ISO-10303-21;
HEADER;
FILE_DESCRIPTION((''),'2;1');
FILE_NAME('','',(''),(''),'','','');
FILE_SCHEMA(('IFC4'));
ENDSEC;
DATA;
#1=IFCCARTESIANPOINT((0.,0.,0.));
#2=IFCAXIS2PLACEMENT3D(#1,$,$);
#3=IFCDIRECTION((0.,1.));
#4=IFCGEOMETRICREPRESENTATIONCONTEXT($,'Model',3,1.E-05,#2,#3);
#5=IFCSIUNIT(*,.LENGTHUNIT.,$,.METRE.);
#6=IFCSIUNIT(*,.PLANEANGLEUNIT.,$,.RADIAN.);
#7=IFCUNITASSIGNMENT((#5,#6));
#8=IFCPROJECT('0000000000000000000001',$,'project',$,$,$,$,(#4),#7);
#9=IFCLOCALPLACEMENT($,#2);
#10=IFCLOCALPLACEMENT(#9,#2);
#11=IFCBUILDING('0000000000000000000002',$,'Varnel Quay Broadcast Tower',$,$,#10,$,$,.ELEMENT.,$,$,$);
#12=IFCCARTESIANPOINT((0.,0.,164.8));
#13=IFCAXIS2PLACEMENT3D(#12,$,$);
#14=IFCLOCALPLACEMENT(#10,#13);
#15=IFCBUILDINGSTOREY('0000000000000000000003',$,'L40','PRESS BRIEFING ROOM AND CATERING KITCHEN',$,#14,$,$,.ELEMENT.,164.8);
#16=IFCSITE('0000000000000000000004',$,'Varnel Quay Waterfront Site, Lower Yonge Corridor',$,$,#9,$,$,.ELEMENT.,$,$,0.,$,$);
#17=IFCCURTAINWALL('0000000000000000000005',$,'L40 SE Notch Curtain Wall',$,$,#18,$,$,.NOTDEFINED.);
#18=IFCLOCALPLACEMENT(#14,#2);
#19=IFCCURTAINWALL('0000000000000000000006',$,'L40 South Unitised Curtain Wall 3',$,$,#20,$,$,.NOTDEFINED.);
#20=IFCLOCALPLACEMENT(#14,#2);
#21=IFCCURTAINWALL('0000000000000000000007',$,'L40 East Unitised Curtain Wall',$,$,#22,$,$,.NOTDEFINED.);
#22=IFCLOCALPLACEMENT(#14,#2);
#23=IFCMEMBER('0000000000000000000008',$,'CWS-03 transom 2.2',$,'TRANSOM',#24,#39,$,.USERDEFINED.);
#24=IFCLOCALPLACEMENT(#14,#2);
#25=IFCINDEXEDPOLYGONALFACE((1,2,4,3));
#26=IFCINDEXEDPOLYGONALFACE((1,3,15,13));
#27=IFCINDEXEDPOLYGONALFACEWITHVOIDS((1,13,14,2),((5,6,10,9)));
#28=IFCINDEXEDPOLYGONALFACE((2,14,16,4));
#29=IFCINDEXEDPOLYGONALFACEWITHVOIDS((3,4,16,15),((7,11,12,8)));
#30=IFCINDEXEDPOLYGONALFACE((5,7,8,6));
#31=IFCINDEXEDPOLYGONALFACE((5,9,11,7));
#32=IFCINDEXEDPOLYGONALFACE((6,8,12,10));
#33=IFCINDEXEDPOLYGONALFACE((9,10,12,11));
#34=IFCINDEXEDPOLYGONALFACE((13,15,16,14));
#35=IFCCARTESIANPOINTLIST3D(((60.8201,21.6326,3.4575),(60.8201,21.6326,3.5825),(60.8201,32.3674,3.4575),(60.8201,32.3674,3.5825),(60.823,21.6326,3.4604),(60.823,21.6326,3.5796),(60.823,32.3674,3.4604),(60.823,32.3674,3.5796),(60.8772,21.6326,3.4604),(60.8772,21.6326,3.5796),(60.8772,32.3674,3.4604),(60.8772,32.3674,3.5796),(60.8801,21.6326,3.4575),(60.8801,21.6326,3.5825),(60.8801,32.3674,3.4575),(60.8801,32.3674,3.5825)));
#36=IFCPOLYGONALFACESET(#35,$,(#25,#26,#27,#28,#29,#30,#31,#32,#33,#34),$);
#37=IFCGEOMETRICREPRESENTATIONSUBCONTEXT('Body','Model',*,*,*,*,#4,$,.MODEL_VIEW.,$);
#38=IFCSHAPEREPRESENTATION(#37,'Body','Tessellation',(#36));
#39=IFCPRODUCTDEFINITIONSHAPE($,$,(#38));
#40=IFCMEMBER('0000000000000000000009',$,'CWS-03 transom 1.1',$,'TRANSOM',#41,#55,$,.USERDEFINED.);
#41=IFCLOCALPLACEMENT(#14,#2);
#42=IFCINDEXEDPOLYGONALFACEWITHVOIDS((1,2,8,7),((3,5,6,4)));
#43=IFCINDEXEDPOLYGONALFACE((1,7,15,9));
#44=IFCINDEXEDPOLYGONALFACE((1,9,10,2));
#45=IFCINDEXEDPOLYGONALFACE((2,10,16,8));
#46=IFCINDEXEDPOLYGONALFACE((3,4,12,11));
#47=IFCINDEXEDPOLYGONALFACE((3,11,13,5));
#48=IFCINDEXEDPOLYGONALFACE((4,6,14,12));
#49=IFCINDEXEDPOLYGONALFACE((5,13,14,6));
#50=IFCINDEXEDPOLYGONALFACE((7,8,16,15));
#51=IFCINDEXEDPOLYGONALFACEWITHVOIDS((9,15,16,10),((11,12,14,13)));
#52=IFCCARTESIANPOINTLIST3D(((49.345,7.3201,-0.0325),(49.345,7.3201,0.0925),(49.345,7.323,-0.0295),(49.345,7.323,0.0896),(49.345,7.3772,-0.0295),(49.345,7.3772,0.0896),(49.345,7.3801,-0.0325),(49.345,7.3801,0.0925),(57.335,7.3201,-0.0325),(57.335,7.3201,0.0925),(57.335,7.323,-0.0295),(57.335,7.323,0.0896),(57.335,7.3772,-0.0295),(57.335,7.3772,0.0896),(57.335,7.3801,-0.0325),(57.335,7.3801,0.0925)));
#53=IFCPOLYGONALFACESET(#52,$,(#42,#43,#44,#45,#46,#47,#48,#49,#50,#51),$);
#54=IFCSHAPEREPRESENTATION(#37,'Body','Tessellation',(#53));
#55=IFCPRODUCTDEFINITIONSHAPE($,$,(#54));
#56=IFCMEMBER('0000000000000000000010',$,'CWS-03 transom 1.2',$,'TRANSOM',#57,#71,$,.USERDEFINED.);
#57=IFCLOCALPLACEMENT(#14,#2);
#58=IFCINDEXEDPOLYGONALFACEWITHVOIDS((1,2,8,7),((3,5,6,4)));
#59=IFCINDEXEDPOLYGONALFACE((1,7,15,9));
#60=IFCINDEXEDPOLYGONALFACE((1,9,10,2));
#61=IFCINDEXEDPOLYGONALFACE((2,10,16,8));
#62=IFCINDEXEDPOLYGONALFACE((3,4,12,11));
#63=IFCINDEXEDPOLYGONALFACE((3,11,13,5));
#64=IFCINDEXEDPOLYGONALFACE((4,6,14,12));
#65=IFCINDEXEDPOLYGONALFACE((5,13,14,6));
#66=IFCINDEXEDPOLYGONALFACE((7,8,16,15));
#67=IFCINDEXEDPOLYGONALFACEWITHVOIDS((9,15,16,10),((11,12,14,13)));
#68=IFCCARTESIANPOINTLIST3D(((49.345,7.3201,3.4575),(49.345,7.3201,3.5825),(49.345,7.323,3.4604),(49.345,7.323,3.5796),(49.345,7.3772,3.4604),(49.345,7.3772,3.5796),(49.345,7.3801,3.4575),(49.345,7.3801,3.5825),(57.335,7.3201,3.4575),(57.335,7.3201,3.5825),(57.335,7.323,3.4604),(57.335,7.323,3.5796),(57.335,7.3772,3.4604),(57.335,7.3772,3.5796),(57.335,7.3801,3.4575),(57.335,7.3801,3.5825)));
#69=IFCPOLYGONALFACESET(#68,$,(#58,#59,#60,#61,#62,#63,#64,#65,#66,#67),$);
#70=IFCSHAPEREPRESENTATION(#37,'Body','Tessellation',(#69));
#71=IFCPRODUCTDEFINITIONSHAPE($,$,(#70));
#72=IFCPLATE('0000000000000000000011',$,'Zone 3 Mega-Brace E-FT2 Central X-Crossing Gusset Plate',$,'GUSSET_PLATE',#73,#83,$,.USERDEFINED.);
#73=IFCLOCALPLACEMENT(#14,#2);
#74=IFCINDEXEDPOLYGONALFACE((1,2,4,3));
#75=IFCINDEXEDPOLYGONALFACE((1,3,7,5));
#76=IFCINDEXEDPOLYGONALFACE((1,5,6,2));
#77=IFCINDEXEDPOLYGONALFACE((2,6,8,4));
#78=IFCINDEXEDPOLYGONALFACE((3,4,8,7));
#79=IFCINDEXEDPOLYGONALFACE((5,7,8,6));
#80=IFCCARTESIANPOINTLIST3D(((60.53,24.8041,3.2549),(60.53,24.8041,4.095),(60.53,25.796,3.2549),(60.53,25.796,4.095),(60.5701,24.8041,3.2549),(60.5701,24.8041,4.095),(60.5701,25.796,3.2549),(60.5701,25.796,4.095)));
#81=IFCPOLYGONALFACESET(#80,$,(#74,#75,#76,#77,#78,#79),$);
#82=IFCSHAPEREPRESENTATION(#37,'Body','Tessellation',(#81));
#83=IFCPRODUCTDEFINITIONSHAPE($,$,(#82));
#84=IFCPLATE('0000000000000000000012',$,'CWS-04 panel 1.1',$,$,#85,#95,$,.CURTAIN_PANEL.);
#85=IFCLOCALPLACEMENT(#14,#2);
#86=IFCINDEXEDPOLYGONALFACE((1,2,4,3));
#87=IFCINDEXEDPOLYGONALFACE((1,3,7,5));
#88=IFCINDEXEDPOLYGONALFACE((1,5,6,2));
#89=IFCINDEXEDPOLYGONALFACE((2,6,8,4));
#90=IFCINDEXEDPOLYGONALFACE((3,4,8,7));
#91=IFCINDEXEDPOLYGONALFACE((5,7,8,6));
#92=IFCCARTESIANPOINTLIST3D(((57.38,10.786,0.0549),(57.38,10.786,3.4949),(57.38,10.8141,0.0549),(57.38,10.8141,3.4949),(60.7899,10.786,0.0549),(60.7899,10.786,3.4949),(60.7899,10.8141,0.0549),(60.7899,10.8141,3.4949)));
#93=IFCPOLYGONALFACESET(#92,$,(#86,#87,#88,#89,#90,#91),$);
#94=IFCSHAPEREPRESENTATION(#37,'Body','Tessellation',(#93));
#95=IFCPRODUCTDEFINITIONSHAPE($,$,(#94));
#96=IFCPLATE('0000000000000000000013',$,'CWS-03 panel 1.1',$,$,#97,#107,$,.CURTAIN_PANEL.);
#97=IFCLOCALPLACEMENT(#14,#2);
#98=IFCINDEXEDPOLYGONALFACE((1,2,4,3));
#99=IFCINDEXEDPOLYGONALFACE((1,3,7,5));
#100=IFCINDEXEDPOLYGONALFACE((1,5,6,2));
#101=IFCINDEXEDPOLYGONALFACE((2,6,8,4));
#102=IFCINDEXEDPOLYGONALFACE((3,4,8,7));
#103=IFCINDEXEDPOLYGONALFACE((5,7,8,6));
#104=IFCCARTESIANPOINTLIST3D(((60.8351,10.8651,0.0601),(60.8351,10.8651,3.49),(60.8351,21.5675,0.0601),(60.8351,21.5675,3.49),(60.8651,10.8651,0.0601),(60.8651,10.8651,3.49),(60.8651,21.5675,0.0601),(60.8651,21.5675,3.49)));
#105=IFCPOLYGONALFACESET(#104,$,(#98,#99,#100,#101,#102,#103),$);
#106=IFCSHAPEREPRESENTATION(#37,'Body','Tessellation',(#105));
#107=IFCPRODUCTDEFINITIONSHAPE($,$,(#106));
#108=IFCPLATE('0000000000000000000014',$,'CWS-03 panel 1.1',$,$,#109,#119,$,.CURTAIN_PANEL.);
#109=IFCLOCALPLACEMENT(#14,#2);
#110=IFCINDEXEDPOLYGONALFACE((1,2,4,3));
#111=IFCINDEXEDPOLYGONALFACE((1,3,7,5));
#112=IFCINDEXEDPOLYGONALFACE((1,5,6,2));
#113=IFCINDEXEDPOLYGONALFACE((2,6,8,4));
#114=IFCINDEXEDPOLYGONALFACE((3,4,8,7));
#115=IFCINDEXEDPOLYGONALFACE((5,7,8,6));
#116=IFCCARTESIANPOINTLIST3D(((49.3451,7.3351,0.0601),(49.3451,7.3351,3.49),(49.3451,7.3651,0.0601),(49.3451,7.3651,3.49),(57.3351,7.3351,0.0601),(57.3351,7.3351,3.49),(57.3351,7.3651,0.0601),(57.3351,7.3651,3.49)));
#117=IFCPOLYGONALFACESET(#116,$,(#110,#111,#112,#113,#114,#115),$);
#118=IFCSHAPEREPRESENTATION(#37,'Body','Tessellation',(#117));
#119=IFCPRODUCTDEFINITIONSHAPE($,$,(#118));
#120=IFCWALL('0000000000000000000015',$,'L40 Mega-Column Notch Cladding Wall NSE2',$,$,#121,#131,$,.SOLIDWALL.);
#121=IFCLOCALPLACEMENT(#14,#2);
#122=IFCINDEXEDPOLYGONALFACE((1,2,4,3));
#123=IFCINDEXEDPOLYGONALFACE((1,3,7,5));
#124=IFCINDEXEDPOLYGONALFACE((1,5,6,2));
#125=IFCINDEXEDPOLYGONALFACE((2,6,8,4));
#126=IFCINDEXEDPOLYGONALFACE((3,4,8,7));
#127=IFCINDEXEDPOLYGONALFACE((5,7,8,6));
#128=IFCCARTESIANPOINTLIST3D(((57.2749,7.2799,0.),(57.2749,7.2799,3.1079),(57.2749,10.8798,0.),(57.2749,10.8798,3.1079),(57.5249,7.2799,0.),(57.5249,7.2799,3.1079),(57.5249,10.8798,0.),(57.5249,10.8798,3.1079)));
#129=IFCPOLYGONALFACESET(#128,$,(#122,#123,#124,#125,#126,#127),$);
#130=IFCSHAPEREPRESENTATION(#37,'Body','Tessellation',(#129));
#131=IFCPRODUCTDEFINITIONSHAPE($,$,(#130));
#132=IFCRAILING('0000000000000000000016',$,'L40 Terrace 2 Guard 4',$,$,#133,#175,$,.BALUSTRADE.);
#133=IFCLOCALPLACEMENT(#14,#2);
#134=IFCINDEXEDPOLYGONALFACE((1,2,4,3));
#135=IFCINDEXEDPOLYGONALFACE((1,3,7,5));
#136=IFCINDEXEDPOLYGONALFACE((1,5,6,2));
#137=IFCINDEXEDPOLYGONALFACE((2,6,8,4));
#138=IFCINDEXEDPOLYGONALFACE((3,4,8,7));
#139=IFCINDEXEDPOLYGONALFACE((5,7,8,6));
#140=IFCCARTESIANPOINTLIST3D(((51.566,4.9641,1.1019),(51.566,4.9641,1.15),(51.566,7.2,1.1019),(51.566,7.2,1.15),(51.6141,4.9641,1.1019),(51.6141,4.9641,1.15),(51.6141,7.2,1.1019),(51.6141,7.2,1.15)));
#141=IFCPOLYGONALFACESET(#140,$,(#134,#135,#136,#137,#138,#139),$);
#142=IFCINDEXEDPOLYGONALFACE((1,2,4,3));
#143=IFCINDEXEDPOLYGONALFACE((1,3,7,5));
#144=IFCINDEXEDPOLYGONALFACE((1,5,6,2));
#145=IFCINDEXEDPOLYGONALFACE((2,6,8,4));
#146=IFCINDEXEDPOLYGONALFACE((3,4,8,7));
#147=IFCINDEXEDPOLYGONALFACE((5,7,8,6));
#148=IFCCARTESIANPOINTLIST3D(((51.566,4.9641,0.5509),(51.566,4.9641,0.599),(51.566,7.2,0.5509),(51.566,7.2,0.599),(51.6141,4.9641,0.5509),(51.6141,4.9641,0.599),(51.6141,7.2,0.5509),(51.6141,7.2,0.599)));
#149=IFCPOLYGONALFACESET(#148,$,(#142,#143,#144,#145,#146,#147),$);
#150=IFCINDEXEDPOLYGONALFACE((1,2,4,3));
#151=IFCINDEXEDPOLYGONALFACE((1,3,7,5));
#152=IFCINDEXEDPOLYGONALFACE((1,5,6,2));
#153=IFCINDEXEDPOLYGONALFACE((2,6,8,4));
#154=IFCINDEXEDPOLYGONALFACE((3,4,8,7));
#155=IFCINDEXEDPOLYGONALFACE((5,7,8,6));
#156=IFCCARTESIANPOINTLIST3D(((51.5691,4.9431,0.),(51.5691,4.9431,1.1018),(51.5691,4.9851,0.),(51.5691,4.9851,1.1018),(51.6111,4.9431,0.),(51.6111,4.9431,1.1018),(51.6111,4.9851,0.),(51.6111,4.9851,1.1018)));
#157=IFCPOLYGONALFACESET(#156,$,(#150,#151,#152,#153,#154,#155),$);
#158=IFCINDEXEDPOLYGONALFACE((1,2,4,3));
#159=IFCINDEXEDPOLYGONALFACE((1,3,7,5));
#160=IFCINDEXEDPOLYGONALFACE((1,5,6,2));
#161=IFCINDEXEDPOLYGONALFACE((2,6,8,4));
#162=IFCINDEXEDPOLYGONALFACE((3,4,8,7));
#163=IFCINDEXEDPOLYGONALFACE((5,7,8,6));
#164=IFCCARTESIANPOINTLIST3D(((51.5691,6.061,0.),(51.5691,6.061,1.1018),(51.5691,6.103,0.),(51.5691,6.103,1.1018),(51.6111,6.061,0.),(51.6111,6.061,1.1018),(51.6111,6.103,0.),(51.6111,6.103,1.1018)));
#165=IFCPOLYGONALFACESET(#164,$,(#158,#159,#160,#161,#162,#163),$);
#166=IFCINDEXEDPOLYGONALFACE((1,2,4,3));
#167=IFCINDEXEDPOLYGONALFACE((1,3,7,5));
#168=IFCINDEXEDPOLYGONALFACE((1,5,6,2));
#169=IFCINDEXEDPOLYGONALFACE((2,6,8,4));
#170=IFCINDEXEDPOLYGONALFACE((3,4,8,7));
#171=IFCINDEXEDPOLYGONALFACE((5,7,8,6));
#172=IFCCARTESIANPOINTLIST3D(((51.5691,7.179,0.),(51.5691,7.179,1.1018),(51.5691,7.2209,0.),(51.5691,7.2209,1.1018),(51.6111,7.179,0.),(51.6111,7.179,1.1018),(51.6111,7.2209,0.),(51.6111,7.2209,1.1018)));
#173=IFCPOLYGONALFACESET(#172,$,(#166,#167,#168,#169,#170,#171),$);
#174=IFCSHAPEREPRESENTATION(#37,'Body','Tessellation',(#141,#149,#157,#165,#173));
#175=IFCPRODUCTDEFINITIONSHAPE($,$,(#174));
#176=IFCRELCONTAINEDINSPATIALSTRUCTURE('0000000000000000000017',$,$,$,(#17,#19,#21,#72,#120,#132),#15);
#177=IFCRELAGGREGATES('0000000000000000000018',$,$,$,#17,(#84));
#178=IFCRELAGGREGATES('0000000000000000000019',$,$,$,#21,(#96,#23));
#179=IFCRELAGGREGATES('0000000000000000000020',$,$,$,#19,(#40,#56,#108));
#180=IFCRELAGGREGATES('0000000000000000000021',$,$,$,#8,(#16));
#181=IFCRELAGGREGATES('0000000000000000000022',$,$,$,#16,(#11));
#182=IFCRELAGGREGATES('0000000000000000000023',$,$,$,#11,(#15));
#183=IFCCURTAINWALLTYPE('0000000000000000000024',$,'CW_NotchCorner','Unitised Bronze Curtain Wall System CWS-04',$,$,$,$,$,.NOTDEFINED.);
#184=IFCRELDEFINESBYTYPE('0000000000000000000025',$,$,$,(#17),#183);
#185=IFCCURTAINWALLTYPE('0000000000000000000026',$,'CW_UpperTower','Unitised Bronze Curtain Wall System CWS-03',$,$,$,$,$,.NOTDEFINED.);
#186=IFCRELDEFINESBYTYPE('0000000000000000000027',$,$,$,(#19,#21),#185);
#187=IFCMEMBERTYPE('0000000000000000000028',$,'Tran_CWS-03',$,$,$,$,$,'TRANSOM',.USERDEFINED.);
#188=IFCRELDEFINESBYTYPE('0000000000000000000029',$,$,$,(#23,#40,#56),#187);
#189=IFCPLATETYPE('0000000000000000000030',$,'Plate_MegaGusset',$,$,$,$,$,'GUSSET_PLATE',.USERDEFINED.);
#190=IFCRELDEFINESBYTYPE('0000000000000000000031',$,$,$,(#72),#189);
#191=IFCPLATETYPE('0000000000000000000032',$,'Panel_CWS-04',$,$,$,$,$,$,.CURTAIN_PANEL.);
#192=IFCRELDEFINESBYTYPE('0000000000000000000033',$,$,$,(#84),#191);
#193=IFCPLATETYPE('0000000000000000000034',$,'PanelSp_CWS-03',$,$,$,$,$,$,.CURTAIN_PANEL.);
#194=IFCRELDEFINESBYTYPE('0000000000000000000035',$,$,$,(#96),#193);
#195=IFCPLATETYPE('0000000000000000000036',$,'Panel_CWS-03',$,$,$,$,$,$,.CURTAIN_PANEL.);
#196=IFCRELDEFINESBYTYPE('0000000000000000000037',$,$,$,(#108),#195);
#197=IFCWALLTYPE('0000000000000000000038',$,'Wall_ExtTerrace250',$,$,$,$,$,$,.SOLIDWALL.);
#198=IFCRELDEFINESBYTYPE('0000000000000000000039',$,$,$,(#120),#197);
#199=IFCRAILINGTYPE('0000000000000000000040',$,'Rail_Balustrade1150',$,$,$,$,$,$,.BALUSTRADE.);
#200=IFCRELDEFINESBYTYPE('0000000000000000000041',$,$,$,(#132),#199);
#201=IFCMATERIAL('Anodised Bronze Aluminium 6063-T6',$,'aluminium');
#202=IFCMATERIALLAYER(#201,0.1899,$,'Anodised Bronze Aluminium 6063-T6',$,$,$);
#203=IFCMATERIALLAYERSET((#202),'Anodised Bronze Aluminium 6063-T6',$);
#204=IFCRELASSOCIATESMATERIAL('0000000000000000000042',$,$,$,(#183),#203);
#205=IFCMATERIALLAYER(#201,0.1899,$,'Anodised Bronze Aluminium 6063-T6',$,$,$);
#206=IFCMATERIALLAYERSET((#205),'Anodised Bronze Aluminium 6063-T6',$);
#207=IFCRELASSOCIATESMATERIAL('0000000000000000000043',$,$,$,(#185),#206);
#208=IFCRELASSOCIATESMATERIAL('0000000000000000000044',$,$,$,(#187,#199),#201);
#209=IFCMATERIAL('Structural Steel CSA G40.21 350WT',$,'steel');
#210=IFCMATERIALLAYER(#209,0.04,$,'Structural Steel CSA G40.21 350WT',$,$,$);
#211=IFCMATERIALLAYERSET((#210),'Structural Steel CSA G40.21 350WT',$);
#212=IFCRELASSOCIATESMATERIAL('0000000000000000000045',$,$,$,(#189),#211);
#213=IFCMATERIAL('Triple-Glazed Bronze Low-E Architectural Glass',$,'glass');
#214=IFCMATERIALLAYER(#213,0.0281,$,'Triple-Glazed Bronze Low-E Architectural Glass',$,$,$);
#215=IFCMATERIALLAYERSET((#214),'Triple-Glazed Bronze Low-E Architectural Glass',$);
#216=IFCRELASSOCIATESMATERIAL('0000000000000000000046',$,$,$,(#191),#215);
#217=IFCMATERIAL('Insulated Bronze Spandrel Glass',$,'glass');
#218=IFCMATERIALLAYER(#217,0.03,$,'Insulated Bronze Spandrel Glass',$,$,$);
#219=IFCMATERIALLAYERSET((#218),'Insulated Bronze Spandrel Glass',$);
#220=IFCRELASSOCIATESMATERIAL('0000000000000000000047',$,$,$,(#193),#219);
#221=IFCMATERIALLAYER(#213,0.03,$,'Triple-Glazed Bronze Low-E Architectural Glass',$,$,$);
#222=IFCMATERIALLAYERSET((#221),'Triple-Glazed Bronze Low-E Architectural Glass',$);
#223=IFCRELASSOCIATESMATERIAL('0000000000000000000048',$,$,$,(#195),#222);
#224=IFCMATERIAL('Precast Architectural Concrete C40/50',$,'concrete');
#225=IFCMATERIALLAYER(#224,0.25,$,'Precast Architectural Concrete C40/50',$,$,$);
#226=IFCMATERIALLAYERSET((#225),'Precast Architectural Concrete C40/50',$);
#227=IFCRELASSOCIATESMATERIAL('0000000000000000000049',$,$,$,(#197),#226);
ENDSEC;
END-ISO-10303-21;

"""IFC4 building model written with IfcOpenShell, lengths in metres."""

from ifc_helpers import new_model, si_unit, direction, frame, frame_2d, origin, origin_2d, place, context, subcontext, project, spatial, rectangle, hollow_rectangle, extrude, source, transform, mapped, material, layer, layer_set, material_profile, profile_set, type_object, type_shapes, element, aggregate, save


model = new_model("IFC4")

# Units and contexts
model_context = context("Model", 3, precision=1e-05, world=origin(), true_north=direction((0.0, 1.0)))
body_context = subcontext(model_context, "Body", "Model", "MODEL_VIEW")
ifc_project = project(units=[si_unit("LENGTHUNIT", "METRE"), si_unit("PLANEANGLEUNIT", "RADIAN")], contexts=[model_context])

# Site, building, storey
site_placement = place(None, origin())
site = spatial("IfcSite", under=ifc_project, at=site_placement, Name="Varnel Quay Waterfront Site, Lower Yonge Corridor", CompositionType="ELEMENT", RefElevation=0.0)
building_placement = place(site_placement, origin())
building = spatial("IfcBuilding", under=site, at=building_placement, Name="Varnel Quay Broadcast Tower", CompositionType="ELEMENT")
storey_placement = place(building_placement, frame((0.0, 0.0, 164.8)))
storey = spatial("IfcBuildingStorey", under=building, at=storey_placement, Name="L40", Description="PRESS BRIEFING ROOM AND CATERING KITCHEN", CompositionType="ELEMENT", Elevation=164.8)

# Shared definitions
ifc_material_1 = material(Name="Structural Steel CSA G40.21 350WT", Category="steel")

# Curtain walls, member
ifc_material_2 = material(Name="Anodised Bronze Aluminium 6063-T6", Category="aluminium")
ifc_layer_1 = layer(ifc_material_2, 0.1899, Name="Anodised Bronze Aluminium 6063-T6")
ifc_layer_set_1 = layer_set([ifc_layer_1], Name="Anodised Bronze Aluminium 6063-T6")
curtain_wall_type_1 = type_object("IfcCurtainWallType", Name="CW_NotchCorner", Description="Unitised Bronze Curtain Wall System CWS-04", PredefinedType="NOTDEFINED", material=ifc_layer_set_1)
curtain_wall_1_placement = place(storey_placement, origin())
curtain_wall_1 = element("IfcCurtainWall", 1, at=curtain_wall_1_placement, inside=storey, type_object=curtain_wall_type_1, Name="L40 SE Notch Curtain Wall", PredefinedType="NOTDEFINED")
ifc_layer_2 = layer(ifc_material_2, 0.1899, Name="Anodised Bronze Aluminium 6063-T6")
ifc_layer_set_2 = layer_set([ifc_layer_2], Name="Anodised Bronze Aluminium 6063-T6")
curtain_wall_type_2 = type_object("IfcCurtainWallType", Name="CW_UpperTower", Description="Unitised Bronze Curtain Wall System CWS-03", PredefinedType="NOTDEFINED", material=ifc_layer_set_2)
curtain_wall_2_placement = place(storey_placement, origin())
curtain_wall_2 = element("IfcCurtainWall", 2, at=curtain_wall_2_placement, inside=storey, type_object=curtain_wall_type_2, Name="L40 South Unitised Curtain Wall 3", PredefinedType="NOTDEFINED")
curtain_wall_3_placement = place(storey_placement, origin())
curtain_wall_3 = element("IfcCurtainWall", 3, at=curtain_wall_3_placement, inside=storey, type_object=curtain_wall_type_2, Name="L40 East Unitised Curtain Wall", PredefinedType="NOTDEFINED")
ifc_material_profile_1 = material_profile(ifc_material_2, hollow_rectangle(XDim=0.0601, YDim=0.125, WallThickness=0.0029, at=origin_2d()), Name="ALU60X125X3")
ifc_profile_set_1 = profile_set([ifc_material_profile_1], Name="Anodised Bronze Aluminium 6063-T6")
member_type_1 = type_object("IfcMemberType", Name="Tran_CWS-03", ElementType="TRANSOM", PredefinedType="USERDEFINED", material=ifc_profile_set_1)
shared_shape_1 = source(origin(), body_context, "Body", "SweptSolid", [
    extrude(hollow_rectangle(XDim=0.0601, YDim=0.125, WallThickness=0.0029, at=origin_2d()), origin(), (0.0, 0.0, 1.0), 10.7349),
])
member_1_placement = place(storey_placement, frame((60.8501, 21.6326, 3.52), z_axis=(0.0, 1.0, 0.0), x_axis=(-1.0, 0.0, 0.0)))
member_1 = element("IfcMember", 4, at=member_1_placement, type_object=member_type_1, Name="CWS-03 transom 2.2", ObjectType="TRANSOM", PredefinedType="USERDEFINED", context=body_context, shape_type="MappedRepresentation", body=[
    mapped(shared_shape_1, transform((0.0, 0.0, 0.0), x_axis=(1.0, 0.0, 0.0), y_axis=(0.0, 1.0, 0.0), z_axis=(0.0, 0.0, 1.0), scale=1.0)),
])

# Members
shared_shape_2 = source(origin(), body_context, "Body", "SweptSolid", [
    extrude(hollow_rectangle(XDim=0.0601, YDim=0.125, WallThickness=0.0029, at=origin_2d()), origin(), (0.0, 0.0, 1.0), 7.99),
])
member_2_placement = place(storey_placement, frame((49.345, 7.3501, 0.03), z_axis=(1.0, 0.0, 0.0), x_axis=(0.0, 1.0, 0.0)))
member_2 = element("IfcMember", 5, at=member_2_placement, type_object=member_type_1, Name="CWS-03 transom 1.1", ObjectType="TRANSOM", PredefinedType="USERDEFINED", context=body_context, shape_type="MappedRepresentation", body=[
    mapped(shared_shape_2, transform((0.0, 0.0, 0.0), x_axis=(1.0, 0.0, 0.0), y_axis=(0.0, 1.0, 0.0), z_axis=(0.0, 0.0, 1.0), scale=1.0)),
])
member_3_placement = place(storey_placement, frame((49.345, 7.3501, 3.52), z_axis=(1.0, 0.0, 0.0), x_axis=(0.0, 1.0, 0.0)))
member_3 = element("IfcMember", 6, at=member_3_placement, type_object=member_type_1, Name="CWS-03 transom 1.2", ObjectType="TRANSOM", PredefinedType="USERDEFINED", context=body_context, shape_type="MappedRepresentation", body=[
    mapped(shared_shape_2, transform((0.0, 0.0, 0.0), x_axis=(1.0, 0.0, 0.0), y_axis=(0.0, 1.0, 0.0), z_axis=(0.0, 0.0, 1.0), scale=1.0)),
])

# Plates
ifc_layer_3 = layer(ifc_material_1, 0.04, Name="Structural Steel CSA G40.21 350WT")
ifc_layer_set_3 = layer_set([ifc_layer_3], Name="Structural Steel CSA G40.21 350WT")
plate_type_1 = type_object("IfcPlateType", Name="Plate_MegaGusset", ElementType="GUSSET_PLATE", PredefinedType="USERDEFINED", material=ifc_layer_set_3)
shared_shape_3 = source(origin(), body_context, "Body", "SweptSolid", [
    extrude(rectangle(XDim=0.9919, YDim=0.04, at=origin_2d()), origin(), (0.0, 0.0, 1.0), 0.8401),
])
type_shapes(plate_type_1, [shared_shape_3])
plate_1_placement = place(storey_placement, frame((60.55, 25.3, 3.2549), z_axis=(0.0, 0.0, 1.0), x_axis=(0.0, 1.0, 0.0)))
element("IfcPlate", 7, at=plate_1_placement, inside=storey, type_object=plate_type_1, Name="Zone 3 Mega-Brace E-FT2 Central X-Crossing Gusset Plate", ObjectType="GUSSET_PLATE", PredefinedType="USERDEFINED", context=body_context, shape_type="MappedRepresentation", body=[
    mapped(shared_shape_3, transform((0.0, 0.0, 0.0), x_axis=(1.0, 0.0, 0.0), y_axis=(0.0, 1.0, 0.0), z_axis=(0.0, 0.0, 1.0), scale=1.0)),
])
ifc_material_3 = material(Name="Triple-Glazed Bronze Low-E Architectural Glass", Category="glass")
ifc_layer_4 = layer(ifc_material_3, 0.0281, Name="Triple-Glazed Bronze Low-E Architectural Glass")
ifc_layer_set_4 = layer_set([ifc_layer_4], Name="Triple-Glazed Bronze Low-E Architectural Glass")
plate_type_2 = type_object("IfcPlateType", Name="Panel_CWS-04", PredefinedType="CURTAIN_PANEL", material=ifc_layer_set_4)
shared_shape_4 = source(origin(), body_context, "Body", "SweptSolid", [
    extrude(rectangle(XDim=3.4099, YDim=0.0281, at=origin_2d()), origin(), (0.0, 0.0, 1.0), 3.4399),
])
type_shapes(plate_type_2, [shared_shape_4])
plate_2_placement = place(storey_placement, frame((59.085, 10.8, 0.0549), z_axis=(0.0, 0.0, 1.0), x_axis=(1.0, 0.0, 0.0)))
plate_2 = element("IfcPlate", 8, at=plate_2_placement, type_object=plate_type_2, Name="CWS-04 panel 1.1", PredefinedType="CURTAIN_PANEL", context=body_context, shape_type="MappedRepresentation", body=[
    mapped(shared_shape_4, transform((0.0, 0.0, 0.0), x_axis=(1.0, 0.0, 0.0), y_axis=(0.0, 1.0, 0.0), z_axis=(0.0, 0.0, 1.0), scale=1.0)),
])
aggregate(curtain_wall_1, [plate_2])
ifc_material_4 = material(Name="Insulated Bronze Spandrel Glass", Category="glass")
ifc_layer_5 = layer(ifc_material_4, 0.03, Name="Insulated Bronze Spandrel Glass")
ifc_layer_set_5 = layer_set([ifc_layer_5], Name="Insulated Bronze Spandrel Glass")
plate_type_3 = type_object("IfcPlateType", Name="PanelSp_CWS-03", PredefinedType="CURTAIN_PANEL", material=ifc_layer_set_5)
shared_shape_5 = source(origin(), body_context, "Body", "SweptSolid", [
    extrude(rectangle(XDim=10.7024, YDim=0.03, at=origin_2d()), origin(), (0.0, 0.0, 1.0), 3.4299),
])
type_shapes(plate_type_3, [shared_shape_5])
plate_3_placement = place(storey_placement, frame((60.8501, 16.2163, 0.0601), z_axis=(0.0, 0.0, 1.0), x_axis=(0.0, 1.0, 0.0)))
plate_3 = element("IfcPlate", 9, at=plate_3_placement, type_object=plate_type_3, Name="CWS-03 panel 1.1", PredefinedType="CURTAIN_PANEL", context=body_context, shape_type="MappedRepresentation", body=[
    mapped(shared_shape_5, transform((0.0, 0.0, 0.0), x_axis=(1.0, 0.0, 0.0), y_axis=(0.0, 1.0, 0.0), z_axis=(0.0, 0.0, 1.0), scale=1.0)),
])
aggregate(curtain_wall_3, [plate_3, member_1])
ifc_layer_6 = layer(ifc_material_3, 0.03, Name="Triple-Glazed Bronze Low-E Architectural Glass")
ifc_layer_set_6 = layer_set([ifc_layer_6], Name="Triple-Glazed Bronze Low-E Architectural Glass")
plate_type_4 = type_object("IfcPlateType", Name="Panel_CWS-03", PredefinedType="CURTAIN_PANEL", material=ifc_layer_set_6)
shared_shape_6 = source(origin(), body_context, "Body", "SweptSolid", [
    extrude(rectangle(XDim=7.99, YDim=0.03, at=origin_2d()), origin(), (0.0, 0.0, 1.0), 3.4299),
])
type_shapes(plate_type_4, [shared_shape_6])
plate_4_placement = place(storey_placement, frame((53.3401, 7.3501, 0.0601), z_axis=(0.0, 0.0, 1.0), x_axis=(1.0, 0.0, 0.0)))
plate_4 = element("IfcPlate", 10, at=plate_4_placement, type_object=plate_type_4, Name="CWS-03 panel 1.1", PredefinedType="CURTAIN_PANEL", context=body_context, shape_type="MappedRepresentation", body=[
    mapped(shared_shape_6, transform((0.0, 0.0, 0.0), x_axis=(1.0, 0.0, 0.0), y_axis=(0.0, 1.0, 0.0), z_axis=(0.0, 0.0, 1.0), scale=1.0)),
])
aggregate(curtain_wall_2, [member_2, member_3, plate_4])

# Wall
ifc_material_5 = material(Name="Precast Architectural Concrete C40/50", Category="concrete")
ifc_layer_7 = layer(ifc_material_5, 0.25, Name="Precast Architectural Concrete C40/50")
ifc_layer_set_7 = layer_set([ifc_layer_7], Name="Precast Architectural Concrete C40/50")
wall_type = type_object("IfcWallType", Name="Wall_ExtTerrace250", PredefinedType="SOLIDWALL", material=ifc_layer_set_7)
wall_placement = place(storey_placement, frame((57.3999, 7.28, 0.0), z_axis=(0.0, 0.0, 1.0), x_axis=(0.0, 1.0, 0.0)))
element("IfcWall", 11, at=wall_placement, inside=storey, type_object=wall_type, Name="L40 Mega-Column Notch Cladding Wall NSE2", PredefinedType="SOLIDWALL", context=body_context, shape_type="SweptSolid", body=[
    extrude(rectangle(XDim=3.5999, YDim=0.25, at=frame_2d((1.7998, 0.0))), origin(), (0.0, 0.0, 1.0), 3.1079),
])

# Railing
railing_type = type_object("IfcRailingType", Name="Rail_Balustrade1150", PredefinedType="BALUSTRADE", material=ifc_material_2)
railing_placement = place(storey_placement, frame((51.5901, 4.9641, 0.0)))
element("IfcRailing", 12, at=railing_placement, inside=storey, type_object=railing_type, Name="L40 Terrace 2 Guard 4", PredefinedType="BALUSTRADE", context=body_context, shape_type="SweptSolid", body=[
    extrude(rectangle(XDim=0.0481, YDim=0.0481, at=origin_2d()), frame((0.0, 0.0, 1.126), z_axis=(0.0, 1.0, 0.0), x_axis=(-1.0, 0.0, 0.0)), (0.0, 0.0, 1.0), 2.2358),
    extrude(rectangle(XDim=0.0481, YDim=0.0481, at=origin_2d()), frame((0.0, 0.0, 0.575), z_axis=(0.0, 1.0, 0.0), x_axis=(-1.0, 0.0, 0.0)), (0.0, 0.0, 1.0), 2.2358),
    extrude(rectangle(XDim=0.042, YDim=0.042, at=origin_2d()), origin(), (0.0, 0.0, 1.0), 1.1018),
    extrude(rectangle(XDim=0.042, YDim=0.042, at=origin_2d()), frame((0.0, 1.1179, 0.0)), (0.0, 0.0, 1.0), 1.1018),
    extrude(rectangle(XDim=0.042, YDim=0.042, at=origin_2d()), frame((0.0, 2.2358, 0.0)), (0.0, 0.0, 1.0), 1.1018),
])

save(model, "model.ifc")
